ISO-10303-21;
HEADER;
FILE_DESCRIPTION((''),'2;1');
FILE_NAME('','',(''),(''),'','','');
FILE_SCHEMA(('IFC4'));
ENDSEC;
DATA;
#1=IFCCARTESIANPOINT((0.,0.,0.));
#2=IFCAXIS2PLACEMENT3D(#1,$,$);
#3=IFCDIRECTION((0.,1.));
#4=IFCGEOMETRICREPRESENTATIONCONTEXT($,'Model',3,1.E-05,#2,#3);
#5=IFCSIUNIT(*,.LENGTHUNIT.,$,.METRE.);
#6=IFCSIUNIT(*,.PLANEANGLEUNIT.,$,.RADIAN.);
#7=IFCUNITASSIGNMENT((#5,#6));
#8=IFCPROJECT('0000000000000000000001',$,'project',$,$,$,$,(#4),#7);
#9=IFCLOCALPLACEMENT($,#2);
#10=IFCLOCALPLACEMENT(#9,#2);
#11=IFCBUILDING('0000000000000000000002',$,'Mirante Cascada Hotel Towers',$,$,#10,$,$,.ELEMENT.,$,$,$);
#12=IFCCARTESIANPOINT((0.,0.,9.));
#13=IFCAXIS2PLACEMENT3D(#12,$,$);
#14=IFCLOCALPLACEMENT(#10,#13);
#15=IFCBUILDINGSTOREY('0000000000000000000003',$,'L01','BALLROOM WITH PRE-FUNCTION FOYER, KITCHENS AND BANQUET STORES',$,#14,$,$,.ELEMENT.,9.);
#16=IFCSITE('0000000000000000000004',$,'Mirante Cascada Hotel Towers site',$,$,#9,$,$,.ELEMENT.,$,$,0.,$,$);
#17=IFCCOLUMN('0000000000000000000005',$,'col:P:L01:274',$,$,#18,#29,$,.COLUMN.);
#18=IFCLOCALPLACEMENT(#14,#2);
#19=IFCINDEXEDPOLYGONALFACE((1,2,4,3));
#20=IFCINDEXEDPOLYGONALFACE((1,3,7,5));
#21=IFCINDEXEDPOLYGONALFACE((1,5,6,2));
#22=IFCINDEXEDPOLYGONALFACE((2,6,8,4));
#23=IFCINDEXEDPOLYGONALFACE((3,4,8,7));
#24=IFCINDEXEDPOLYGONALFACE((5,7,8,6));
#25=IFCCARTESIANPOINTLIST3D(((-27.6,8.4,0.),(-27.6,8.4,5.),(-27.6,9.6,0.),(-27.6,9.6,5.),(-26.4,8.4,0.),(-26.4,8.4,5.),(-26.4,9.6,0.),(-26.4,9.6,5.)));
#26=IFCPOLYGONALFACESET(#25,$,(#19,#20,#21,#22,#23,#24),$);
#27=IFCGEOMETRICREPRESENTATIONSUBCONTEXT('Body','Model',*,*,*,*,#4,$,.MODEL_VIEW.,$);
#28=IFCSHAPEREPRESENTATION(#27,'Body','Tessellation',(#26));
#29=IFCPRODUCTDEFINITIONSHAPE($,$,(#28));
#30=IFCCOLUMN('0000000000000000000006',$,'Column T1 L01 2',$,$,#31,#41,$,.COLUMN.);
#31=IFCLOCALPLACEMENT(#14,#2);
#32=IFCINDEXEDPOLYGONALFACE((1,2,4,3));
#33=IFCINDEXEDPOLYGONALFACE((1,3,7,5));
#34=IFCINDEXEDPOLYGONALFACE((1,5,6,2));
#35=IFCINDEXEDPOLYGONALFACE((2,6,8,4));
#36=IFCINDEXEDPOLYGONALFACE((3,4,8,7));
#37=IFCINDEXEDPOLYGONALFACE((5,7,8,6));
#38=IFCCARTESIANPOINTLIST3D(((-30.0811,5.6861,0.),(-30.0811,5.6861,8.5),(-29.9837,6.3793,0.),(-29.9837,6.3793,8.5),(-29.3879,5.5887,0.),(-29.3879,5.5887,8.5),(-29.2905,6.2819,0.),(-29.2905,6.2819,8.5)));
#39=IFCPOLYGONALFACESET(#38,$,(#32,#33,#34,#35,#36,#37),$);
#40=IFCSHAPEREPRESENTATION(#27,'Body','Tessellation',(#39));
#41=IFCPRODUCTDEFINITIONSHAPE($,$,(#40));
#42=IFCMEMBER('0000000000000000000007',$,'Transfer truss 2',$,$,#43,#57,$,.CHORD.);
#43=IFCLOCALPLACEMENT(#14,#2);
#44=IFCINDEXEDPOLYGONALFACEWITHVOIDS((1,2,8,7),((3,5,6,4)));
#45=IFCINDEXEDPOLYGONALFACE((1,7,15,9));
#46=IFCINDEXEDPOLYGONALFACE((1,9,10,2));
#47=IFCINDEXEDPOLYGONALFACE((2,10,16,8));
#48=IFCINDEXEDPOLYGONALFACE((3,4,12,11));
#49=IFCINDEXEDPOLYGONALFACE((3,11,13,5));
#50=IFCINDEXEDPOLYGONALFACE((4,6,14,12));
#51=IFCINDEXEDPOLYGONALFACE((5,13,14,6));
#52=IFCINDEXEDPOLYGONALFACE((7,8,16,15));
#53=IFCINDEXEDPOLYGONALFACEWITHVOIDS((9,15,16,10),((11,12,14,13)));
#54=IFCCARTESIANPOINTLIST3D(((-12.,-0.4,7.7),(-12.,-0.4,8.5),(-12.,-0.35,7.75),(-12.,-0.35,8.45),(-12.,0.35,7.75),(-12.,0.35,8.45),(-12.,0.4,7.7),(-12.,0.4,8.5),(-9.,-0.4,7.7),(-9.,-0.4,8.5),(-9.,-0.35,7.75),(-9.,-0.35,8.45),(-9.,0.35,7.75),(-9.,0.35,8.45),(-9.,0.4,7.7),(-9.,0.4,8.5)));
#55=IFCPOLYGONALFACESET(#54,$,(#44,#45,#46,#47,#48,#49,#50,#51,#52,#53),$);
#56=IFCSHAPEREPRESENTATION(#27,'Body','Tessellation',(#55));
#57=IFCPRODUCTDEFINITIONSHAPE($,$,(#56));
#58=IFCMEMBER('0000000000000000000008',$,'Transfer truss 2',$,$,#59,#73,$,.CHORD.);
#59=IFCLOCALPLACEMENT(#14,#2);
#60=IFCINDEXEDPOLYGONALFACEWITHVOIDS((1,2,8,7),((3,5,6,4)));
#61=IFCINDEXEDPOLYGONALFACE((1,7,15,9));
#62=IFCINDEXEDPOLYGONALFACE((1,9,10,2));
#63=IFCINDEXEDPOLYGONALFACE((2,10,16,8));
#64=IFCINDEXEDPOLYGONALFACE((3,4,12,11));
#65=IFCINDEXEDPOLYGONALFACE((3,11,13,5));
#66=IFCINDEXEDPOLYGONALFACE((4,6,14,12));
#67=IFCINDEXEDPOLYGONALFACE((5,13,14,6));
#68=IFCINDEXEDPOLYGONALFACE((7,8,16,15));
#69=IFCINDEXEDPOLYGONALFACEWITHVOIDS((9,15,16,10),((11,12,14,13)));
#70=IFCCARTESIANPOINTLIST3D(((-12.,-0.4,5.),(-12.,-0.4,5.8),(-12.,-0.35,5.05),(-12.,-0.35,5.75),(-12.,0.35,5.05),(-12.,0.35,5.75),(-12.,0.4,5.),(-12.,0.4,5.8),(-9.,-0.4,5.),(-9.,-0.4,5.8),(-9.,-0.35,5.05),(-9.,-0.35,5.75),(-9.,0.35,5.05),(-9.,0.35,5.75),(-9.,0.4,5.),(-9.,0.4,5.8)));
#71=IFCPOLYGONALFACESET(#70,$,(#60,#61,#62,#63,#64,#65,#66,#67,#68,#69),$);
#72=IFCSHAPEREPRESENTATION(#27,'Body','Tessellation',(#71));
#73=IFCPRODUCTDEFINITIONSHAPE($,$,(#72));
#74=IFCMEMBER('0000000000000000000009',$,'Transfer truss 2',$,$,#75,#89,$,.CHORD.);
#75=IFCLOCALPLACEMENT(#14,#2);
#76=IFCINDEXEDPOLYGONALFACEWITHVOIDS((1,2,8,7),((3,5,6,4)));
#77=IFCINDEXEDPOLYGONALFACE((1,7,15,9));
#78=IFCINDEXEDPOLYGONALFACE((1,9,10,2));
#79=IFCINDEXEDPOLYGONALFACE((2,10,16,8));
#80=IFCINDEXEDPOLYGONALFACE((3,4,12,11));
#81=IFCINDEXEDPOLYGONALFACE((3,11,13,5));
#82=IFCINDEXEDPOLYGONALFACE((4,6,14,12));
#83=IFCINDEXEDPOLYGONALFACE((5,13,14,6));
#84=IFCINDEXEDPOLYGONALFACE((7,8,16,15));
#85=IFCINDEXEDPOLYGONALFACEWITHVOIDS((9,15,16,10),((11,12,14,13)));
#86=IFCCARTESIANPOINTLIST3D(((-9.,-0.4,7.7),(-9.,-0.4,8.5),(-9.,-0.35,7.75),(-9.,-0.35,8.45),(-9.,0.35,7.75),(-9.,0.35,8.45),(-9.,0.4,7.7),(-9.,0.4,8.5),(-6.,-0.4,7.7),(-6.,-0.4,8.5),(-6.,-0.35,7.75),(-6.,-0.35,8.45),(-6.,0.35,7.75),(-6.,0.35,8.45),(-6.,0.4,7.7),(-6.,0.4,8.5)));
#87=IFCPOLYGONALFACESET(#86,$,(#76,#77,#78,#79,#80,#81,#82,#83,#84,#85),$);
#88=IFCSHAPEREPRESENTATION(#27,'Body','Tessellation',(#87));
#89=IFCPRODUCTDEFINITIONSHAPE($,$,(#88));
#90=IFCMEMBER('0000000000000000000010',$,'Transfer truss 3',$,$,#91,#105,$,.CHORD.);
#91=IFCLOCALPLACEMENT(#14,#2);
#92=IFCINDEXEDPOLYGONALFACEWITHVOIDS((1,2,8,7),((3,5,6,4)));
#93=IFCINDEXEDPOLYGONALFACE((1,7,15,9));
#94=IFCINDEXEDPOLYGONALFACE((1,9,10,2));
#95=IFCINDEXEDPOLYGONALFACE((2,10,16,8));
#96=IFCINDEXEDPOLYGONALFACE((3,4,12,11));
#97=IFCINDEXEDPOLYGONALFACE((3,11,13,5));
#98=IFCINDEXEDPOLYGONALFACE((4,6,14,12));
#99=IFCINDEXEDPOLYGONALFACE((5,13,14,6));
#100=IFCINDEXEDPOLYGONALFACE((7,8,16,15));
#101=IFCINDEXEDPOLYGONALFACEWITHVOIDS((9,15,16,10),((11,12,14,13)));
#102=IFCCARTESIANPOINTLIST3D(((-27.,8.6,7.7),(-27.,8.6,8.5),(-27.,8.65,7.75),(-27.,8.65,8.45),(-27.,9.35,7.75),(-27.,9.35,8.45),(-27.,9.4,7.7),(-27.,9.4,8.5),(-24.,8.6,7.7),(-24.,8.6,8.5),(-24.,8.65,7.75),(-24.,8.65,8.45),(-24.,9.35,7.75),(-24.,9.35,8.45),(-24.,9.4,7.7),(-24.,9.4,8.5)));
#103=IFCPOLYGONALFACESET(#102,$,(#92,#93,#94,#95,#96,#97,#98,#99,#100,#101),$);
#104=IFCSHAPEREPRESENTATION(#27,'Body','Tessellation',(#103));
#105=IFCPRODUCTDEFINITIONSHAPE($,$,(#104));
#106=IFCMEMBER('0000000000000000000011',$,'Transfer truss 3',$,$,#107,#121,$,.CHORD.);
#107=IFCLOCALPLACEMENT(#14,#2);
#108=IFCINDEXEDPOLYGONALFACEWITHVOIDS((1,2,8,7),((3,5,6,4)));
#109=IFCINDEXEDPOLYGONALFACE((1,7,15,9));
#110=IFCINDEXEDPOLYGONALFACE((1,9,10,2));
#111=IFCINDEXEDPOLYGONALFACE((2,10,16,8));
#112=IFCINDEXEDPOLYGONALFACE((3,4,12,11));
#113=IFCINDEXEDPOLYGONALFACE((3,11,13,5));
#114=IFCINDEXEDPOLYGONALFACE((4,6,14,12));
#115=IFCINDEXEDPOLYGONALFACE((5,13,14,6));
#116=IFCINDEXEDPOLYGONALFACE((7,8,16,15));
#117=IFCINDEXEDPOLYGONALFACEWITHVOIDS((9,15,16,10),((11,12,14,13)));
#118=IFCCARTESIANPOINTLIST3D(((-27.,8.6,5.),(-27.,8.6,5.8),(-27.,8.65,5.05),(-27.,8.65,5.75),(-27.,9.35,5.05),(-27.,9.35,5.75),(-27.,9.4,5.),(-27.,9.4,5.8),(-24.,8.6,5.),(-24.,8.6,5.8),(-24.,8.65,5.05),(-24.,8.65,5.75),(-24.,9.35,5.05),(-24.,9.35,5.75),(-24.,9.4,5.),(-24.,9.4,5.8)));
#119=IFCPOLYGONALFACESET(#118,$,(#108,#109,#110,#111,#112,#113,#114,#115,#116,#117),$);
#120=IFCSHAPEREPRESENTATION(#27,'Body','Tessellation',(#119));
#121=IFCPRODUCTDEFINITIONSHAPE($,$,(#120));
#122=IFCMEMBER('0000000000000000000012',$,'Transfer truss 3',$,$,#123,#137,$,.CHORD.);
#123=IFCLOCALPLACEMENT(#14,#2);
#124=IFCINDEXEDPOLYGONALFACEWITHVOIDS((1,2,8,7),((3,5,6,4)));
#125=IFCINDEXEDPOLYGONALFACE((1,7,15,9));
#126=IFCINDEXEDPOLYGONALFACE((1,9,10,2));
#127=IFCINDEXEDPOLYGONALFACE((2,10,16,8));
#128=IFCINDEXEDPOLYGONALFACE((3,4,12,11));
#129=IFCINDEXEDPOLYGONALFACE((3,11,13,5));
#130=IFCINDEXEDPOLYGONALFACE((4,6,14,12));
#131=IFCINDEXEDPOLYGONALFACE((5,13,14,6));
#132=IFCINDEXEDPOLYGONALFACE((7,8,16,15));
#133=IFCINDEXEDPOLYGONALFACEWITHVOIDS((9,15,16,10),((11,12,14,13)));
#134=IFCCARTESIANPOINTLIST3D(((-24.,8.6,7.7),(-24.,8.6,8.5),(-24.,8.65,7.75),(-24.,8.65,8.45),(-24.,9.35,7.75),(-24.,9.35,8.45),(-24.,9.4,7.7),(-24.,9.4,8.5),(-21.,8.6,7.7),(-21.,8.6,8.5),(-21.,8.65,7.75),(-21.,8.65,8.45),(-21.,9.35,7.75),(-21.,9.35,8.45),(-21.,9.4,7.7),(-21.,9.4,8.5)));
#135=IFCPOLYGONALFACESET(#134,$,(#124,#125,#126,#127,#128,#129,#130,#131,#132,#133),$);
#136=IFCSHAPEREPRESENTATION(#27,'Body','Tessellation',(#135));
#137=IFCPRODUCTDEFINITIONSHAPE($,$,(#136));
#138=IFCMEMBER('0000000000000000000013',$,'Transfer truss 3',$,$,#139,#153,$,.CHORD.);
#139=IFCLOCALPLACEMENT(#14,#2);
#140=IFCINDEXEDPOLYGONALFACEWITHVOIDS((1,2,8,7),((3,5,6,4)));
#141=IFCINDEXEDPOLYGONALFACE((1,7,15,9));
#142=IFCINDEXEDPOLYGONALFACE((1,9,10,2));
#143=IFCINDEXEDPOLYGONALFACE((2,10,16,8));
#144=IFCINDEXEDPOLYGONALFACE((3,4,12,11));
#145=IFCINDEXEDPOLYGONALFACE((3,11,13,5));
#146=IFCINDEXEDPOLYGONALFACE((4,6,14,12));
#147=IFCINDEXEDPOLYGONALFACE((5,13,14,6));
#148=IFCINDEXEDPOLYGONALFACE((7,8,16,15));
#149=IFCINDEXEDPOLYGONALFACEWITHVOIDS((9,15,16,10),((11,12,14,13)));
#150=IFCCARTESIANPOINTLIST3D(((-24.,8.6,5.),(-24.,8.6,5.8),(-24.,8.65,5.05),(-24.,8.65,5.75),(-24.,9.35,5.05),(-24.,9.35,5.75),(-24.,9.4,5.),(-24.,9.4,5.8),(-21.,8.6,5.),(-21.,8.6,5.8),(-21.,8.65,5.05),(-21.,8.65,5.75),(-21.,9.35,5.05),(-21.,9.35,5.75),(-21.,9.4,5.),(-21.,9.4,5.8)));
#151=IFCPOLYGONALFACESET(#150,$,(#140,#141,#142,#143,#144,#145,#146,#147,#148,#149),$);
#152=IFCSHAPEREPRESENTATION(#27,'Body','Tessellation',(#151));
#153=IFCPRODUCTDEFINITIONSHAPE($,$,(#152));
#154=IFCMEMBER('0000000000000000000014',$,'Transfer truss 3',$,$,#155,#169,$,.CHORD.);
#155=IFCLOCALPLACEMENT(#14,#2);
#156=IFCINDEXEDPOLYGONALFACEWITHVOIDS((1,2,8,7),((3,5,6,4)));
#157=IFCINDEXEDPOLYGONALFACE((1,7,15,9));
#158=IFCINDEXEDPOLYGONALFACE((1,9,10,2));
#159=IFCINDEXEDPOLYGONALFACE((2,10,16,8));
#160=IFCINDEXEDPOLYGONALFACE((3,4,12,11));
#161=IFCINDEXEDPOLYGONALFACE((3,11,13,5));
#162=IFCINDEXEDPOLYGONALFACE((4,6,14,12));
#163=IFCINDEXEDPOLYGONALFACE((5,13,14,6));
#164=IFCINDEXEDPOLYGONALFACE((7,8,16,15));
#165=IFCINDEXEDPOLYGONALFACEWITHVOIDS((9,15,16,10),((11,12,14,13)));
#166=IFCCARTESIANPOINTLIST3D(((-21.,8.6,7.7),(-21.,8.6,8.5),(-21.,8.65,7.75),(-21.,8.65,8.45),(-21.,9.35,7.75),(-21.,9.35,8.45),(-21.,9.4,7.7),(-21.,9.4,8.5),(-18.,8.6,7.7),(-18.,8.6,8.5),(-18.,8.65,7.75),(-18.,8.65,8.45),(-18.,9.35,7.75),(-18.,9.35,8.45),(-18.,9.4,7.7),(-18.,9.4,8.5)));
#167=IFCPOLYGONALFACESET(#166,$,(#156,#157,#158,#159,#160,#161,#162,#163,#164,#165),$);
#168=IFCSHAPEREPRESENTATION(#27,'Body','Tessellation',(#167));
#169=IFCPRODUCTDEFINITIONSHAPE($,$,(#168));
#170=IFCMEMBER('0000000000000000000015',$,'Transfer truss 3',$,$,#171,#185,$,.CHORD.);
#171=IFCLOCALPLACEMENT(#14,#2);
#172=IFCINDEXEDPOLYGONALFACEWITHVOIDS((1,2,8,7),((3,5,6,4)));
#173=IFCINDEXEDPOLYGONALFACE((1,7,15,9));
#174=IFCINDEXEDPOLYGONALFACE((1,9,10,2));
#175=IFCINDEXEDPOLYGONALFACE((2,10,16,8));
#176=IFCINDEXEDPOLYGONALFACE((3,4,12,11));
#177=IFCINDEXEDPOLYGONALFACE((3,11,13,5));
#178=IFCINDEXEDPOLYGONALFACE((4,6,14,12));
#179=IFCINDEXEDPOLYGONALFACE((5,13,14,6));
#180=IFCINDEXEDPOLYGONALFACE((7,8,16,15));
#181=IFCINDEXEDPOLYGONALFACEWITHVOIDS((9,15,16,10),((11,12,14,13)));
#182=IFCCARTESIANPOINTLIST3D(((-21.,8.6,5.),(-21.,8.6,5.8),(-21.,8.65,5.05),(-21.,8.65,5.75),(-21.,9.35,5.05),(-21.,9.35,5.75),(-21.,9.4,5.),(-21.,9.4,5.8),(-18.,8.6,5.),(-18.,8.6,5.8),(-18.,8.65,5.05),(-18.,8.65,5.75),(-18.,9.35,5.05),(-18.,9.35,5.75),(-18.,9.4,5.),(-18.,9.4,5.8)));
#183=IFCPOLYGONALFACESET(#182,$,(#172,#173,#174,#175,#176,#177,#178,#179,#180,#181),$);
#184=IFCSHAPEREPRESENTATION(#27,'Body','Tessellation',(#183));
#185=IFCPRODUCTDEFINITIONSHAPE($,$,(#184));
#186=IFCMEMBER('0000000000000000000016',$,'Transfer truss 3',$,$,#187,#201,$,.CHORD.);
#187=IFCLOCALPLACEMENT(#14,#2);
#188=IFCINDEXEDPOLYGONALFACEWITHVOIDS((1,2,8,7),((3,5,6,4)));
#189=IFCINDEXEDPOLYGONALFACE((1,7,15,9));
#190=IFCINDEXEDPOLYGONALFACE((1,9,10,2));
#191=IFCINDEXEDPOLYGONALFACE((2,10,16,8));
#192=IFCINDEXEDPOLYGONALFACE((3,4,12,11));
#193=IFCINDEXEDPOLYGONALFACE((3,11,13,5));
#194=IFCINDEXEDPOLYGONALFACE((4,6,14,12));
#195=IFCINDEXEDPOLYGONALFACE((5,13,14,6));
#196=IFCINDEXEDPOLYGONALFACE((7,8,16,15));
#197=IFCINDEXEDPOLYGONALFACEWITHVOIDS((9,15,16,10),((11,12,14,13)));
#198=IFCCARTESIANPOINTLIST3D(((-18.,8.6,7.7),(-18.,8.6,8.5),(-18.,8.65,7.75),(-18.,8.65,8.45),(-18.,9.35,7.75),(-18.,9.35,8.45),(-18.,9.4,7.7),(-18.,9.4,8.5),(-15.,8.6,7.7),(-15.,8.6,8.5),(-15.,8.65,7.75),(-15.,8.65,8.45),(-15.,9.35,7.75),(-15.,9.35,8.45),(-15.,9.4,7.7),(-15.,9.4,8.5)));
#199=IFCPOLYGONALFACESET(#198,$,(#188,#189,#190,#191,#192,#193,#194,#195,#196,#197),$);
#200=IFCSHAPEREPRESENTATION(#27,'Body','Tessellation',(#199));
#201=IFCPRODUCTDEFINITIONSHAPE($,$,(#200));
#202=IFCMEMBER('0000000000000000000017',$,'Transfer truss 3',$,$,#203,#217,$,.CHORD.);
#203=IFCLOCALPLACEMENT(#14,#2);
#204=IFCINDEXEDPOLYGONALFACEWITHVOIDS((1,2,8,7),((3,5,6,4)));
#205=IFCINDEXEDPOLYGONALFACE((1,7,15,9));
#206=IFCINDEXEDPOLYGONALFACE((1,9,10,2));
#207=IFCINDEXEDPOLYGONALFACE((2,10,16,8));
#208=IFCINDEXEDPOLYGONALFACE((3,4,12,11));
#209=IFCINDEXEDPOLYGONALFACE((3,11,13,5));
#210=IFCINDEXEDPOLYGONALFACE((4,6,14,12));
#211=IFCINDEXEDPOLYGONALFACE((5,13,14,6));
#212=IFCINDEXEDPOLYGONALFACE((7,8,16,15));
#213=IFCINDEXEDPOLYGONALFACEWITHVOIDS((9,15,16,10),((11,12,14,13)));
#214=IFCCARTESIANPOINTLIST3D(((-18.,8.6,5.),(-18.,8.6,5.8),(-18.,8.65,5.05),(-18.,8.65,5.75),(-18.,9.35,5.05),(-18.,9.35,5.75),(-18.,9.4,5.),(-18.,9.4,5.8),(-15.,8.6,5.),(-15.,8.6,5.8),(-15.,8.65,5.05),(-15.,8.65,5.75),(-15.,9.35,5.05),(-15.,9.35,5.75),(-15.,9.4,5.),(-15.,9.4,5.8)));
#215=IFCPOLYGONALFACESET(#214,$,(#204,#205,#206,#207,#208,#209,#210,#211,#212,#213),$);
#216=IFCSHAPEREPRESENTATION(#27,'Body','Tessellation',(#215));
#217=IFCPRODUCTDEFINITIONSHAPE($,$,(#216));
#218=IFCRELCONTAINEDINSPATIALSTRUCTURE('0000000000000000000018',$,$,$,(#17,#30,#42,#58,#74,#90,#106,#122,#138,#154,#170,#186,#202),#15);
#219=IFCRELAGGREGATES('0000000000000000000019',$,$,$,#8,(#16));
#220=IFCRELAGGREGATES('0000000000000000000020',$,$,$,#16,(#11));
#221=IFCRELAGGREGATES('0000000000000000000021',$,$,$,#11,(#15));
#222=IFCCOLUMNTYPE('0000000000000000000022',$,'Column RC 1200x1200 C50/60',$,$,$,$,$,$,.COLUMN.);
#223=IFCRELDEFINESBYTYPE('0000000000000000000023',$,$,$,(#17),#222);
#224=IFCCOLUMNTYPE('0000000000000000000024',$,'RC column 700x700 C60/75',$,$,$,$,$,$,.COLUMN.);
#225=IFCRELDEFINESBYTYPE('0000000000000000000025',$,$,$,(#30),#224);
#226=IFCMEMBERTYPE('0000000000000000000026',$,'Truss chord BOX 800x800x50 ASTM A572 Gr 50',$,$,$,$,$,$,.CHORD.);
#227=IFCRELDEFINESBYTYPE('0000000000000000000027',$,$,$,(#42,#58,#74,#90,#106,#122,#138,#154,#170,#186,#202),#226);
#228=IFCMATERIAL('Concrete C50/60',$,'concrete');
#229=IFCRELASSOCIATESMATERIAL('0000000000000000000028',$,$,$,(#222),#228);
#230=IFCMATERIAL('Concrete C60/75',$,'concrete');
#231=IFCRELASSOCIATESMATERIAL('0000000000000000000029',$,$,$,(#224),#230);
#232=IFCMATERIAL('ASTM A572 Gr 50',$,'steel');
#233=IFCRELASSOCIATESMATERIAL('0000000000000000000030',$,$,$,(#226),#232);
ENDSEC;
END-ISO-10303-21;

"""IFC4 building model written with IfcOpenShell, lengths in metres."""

from ifc_helpers import new_model, si_unit, direction, frame, origin, origin_2d, place, context, subcontext, project, spatial, rectangle, hollow_rectangle, extrude, material, material_profile, profile_set, type_object, element, save


model = new_model("IFC4")

# Units and contexts
model_context = context("Model", 3, precision=1e-05, world=origin(), true_north=direction((0.0, 1.0)))
body_context = subcontext(model_context, "Body", "Model", "MODEL_VIEW")
ifc_project = project(units=[si_unit("LENGTHUNIT", "METRE"), si_unit("PLANEANGLEUNIT", "RADIAN")], contexts=[model_context])

# Site, building, storey
site_placement = place(None, origin())
site = spatial("IfcSite", under=ifc_project, at=site_placement, Name="Mirante Cascada Hotel Towers site", CompositionType="ELEMENT", RefElevation=0.0)
building_placement = place(site_placement, origin())
building = spatial("IfcBuilding", under=site, at=building_placement, Name="Mirante Cascada Hotel Towers", CompositionType="ELEMENT")
storey_placement = place(building_placement, frame((0.0, 0.0, 9.0)))
storey = spatial("IfcBuildingStorey", under=building, at=storey_placement, Name="L01", Description="BALLROOM WITH PRE-FUNCTION FOYER, KITCHENS AND BANQUET STORES", CompositionType="ELEMENT", Elevation=9.0)

# Columns
ifc_material_1 = material(Name="Concrete C50/60", Category="concrete")
ifc_material_profile_1 = material_profile(ifc_material_1, rectangle(XDim=1.2, YDim=1.2, at=origin_2d()), Name="RC 1200x1200")
ifc_profile_set_1 = profile_set([ifc_material_profile_1], Name="Concrete C50/60")
column_type_1 = type_object("IfcColumnType", Name="Column RC 1200x1200 C50/60", PredefinedType="COLUMN", material=ifc_profile_set_1)
column_1_placement = place(storey_placement, frame((-27.0, 9.0, 0.0), z_axis=(0.0, 0.0, 1.0), x_axis=(1.0, 0.0, 0.0)))
element("IfcColumn", 1, at=column_1_placement, inside=storey, type_object=column_type_1, Name="col:P:L01:274", PredefinedType="COLUMN", context=body_context, shape_type="SweptSolid", body=[
    extrude(rectangle(XDim=1.2, YDim=1.2, at=origin_2d()), origin(), (0.0, 0.0, 1.0), 5.0),
])
ifc_material_2 = material(Name="Concrete C60/75", Category="concrete")
ifc_material_profile_2 = material_profile(ifc_material_2, rectangle(XDim=0.7, YDim=0.7, at=origin_2d()), Name="RC column 700x700 C60/75")
ifc_profile_set_2 = profile_set([ifc_material_profile_2], Name="Concrete C60/75")
column_type_2 = type_object("IfcColumnType", Name="RC column 700x700 C60/75", PredefinedType="COLUMN", material=ifc_profile_set_2)
column_2_placement = place(storey_placement, frame((-29.6858, 5.984, 0.0), z_axis=(0.0, 0.0, 1.0), x_axis=(-0.990268, 0.139173, 0.0)))
element("IfcColumn", 2, at=column_2_placement, inside=storey, type_object=column_type_2, Name="Column T1 L01 2", PredefinedType="COLUMN", context=body_context, shape_type="SweptSolid", body=[
    extrude(rectangle(XDim=0.7, YDim=0.7, at=origin_2d()), origin(), (0.0, 0.0, 1.0), 8.5),
])

# Members
ifc_material_3 = material(Name="ASTM A572 Gr 50", Category="steel")
ifc_material_profile_3 = material_profile(ifc_material_3, hollow_rectangle(XDim=0.8, YDim=0.8, WallThickness=0.05, at=origin_2d()), Name="BOX 800x800x50")
ifc_profile_set_3 = profile_set([ifc_material_profile_3], Name="ASTM A572 Gr 50")
member_type_1 = type_object("IfcMemberType", Name="Truss chord BOX 800x800x50 ASTM A572 Gr 50", PredefinedType="CHORD", material=ifc_profile_set_3)
for number, where, z_axis, x_axis, name in (
    (3, (-12.0, 0.0, 8.1), (1.0, 0.0, 0.0), (0.0, 1.0, 0.0), "Transfer truss 2"),
    (4, (-12.0, 0.0, 5.4), (1.0, 0.0, 0.0), (0.0, 1.0, 0.0), "Transfer truss 2"),
    (5, (-9.0, 0.0, 8.1), (1.0, 0.0, 0.0), (0.0, 1.0, 0.0), "Transfer truss 2"),
    (6, (-27.0, 9.0, 8.1), (1.0, 0.0, 0.0), (0.0, 1.0, 0.0), "Transfer truss 3"),
    (7, (-27.0, 9.0, 5.4), (1.0, 0.0, 0.0), (0.0, 1.0, 0.0), "Transfer truss 3"),
    (8, (-24.0, 9.0, 8.1), (1.0, 0.0, 0.0), (0.0, 1.0, 0.0), "Transfer truss 3"),
    (9, (-24.0, 9.0, 5.4), (1.0, 0.0, 0.0), (0.0, 1.0, 0.0), "Transfer truss 3"),
    (10, (-21.0, 9.0, 8.1), (1.0, 0.0, 0.0), (0.0, 1.0, 0.0), "Transfer truss 3"),
    (11, (-21.0, 9.0, 5.4), (1.0, 0.0, 0.0), (0.0, 1.0, 0.0), "Transfer truss 3"),
    (12, (-18.0, 9.0, 8.1), (1.0, 0.0, 0.0), (0.0, 1.0, 0.0), "Transfer truss 3"),
    (13, (-18.0, 9.0, 5.4), (1.0, 0.0, 0.0), (0.0, 1.0, 0.0), "Transfer truss 3"),
):
    element("IfcMember", number, at=place(storey_placement, frame(where, z_axis=z_axis, x_axis=x_axis)), inside=storey, type_object=member_type_1, Name=name, PredefinedType="CHORD", context=body_context, shape_type="SweptSolid", body=[
        extrude(hollow_rectangle(XDim=0.8, YDim=0.8, WallThickness=0.05, at=origin_2d()), origin(), (0.0, 0.0, 1.0), 3.0),
    ])

save(model, "model.ifc")
